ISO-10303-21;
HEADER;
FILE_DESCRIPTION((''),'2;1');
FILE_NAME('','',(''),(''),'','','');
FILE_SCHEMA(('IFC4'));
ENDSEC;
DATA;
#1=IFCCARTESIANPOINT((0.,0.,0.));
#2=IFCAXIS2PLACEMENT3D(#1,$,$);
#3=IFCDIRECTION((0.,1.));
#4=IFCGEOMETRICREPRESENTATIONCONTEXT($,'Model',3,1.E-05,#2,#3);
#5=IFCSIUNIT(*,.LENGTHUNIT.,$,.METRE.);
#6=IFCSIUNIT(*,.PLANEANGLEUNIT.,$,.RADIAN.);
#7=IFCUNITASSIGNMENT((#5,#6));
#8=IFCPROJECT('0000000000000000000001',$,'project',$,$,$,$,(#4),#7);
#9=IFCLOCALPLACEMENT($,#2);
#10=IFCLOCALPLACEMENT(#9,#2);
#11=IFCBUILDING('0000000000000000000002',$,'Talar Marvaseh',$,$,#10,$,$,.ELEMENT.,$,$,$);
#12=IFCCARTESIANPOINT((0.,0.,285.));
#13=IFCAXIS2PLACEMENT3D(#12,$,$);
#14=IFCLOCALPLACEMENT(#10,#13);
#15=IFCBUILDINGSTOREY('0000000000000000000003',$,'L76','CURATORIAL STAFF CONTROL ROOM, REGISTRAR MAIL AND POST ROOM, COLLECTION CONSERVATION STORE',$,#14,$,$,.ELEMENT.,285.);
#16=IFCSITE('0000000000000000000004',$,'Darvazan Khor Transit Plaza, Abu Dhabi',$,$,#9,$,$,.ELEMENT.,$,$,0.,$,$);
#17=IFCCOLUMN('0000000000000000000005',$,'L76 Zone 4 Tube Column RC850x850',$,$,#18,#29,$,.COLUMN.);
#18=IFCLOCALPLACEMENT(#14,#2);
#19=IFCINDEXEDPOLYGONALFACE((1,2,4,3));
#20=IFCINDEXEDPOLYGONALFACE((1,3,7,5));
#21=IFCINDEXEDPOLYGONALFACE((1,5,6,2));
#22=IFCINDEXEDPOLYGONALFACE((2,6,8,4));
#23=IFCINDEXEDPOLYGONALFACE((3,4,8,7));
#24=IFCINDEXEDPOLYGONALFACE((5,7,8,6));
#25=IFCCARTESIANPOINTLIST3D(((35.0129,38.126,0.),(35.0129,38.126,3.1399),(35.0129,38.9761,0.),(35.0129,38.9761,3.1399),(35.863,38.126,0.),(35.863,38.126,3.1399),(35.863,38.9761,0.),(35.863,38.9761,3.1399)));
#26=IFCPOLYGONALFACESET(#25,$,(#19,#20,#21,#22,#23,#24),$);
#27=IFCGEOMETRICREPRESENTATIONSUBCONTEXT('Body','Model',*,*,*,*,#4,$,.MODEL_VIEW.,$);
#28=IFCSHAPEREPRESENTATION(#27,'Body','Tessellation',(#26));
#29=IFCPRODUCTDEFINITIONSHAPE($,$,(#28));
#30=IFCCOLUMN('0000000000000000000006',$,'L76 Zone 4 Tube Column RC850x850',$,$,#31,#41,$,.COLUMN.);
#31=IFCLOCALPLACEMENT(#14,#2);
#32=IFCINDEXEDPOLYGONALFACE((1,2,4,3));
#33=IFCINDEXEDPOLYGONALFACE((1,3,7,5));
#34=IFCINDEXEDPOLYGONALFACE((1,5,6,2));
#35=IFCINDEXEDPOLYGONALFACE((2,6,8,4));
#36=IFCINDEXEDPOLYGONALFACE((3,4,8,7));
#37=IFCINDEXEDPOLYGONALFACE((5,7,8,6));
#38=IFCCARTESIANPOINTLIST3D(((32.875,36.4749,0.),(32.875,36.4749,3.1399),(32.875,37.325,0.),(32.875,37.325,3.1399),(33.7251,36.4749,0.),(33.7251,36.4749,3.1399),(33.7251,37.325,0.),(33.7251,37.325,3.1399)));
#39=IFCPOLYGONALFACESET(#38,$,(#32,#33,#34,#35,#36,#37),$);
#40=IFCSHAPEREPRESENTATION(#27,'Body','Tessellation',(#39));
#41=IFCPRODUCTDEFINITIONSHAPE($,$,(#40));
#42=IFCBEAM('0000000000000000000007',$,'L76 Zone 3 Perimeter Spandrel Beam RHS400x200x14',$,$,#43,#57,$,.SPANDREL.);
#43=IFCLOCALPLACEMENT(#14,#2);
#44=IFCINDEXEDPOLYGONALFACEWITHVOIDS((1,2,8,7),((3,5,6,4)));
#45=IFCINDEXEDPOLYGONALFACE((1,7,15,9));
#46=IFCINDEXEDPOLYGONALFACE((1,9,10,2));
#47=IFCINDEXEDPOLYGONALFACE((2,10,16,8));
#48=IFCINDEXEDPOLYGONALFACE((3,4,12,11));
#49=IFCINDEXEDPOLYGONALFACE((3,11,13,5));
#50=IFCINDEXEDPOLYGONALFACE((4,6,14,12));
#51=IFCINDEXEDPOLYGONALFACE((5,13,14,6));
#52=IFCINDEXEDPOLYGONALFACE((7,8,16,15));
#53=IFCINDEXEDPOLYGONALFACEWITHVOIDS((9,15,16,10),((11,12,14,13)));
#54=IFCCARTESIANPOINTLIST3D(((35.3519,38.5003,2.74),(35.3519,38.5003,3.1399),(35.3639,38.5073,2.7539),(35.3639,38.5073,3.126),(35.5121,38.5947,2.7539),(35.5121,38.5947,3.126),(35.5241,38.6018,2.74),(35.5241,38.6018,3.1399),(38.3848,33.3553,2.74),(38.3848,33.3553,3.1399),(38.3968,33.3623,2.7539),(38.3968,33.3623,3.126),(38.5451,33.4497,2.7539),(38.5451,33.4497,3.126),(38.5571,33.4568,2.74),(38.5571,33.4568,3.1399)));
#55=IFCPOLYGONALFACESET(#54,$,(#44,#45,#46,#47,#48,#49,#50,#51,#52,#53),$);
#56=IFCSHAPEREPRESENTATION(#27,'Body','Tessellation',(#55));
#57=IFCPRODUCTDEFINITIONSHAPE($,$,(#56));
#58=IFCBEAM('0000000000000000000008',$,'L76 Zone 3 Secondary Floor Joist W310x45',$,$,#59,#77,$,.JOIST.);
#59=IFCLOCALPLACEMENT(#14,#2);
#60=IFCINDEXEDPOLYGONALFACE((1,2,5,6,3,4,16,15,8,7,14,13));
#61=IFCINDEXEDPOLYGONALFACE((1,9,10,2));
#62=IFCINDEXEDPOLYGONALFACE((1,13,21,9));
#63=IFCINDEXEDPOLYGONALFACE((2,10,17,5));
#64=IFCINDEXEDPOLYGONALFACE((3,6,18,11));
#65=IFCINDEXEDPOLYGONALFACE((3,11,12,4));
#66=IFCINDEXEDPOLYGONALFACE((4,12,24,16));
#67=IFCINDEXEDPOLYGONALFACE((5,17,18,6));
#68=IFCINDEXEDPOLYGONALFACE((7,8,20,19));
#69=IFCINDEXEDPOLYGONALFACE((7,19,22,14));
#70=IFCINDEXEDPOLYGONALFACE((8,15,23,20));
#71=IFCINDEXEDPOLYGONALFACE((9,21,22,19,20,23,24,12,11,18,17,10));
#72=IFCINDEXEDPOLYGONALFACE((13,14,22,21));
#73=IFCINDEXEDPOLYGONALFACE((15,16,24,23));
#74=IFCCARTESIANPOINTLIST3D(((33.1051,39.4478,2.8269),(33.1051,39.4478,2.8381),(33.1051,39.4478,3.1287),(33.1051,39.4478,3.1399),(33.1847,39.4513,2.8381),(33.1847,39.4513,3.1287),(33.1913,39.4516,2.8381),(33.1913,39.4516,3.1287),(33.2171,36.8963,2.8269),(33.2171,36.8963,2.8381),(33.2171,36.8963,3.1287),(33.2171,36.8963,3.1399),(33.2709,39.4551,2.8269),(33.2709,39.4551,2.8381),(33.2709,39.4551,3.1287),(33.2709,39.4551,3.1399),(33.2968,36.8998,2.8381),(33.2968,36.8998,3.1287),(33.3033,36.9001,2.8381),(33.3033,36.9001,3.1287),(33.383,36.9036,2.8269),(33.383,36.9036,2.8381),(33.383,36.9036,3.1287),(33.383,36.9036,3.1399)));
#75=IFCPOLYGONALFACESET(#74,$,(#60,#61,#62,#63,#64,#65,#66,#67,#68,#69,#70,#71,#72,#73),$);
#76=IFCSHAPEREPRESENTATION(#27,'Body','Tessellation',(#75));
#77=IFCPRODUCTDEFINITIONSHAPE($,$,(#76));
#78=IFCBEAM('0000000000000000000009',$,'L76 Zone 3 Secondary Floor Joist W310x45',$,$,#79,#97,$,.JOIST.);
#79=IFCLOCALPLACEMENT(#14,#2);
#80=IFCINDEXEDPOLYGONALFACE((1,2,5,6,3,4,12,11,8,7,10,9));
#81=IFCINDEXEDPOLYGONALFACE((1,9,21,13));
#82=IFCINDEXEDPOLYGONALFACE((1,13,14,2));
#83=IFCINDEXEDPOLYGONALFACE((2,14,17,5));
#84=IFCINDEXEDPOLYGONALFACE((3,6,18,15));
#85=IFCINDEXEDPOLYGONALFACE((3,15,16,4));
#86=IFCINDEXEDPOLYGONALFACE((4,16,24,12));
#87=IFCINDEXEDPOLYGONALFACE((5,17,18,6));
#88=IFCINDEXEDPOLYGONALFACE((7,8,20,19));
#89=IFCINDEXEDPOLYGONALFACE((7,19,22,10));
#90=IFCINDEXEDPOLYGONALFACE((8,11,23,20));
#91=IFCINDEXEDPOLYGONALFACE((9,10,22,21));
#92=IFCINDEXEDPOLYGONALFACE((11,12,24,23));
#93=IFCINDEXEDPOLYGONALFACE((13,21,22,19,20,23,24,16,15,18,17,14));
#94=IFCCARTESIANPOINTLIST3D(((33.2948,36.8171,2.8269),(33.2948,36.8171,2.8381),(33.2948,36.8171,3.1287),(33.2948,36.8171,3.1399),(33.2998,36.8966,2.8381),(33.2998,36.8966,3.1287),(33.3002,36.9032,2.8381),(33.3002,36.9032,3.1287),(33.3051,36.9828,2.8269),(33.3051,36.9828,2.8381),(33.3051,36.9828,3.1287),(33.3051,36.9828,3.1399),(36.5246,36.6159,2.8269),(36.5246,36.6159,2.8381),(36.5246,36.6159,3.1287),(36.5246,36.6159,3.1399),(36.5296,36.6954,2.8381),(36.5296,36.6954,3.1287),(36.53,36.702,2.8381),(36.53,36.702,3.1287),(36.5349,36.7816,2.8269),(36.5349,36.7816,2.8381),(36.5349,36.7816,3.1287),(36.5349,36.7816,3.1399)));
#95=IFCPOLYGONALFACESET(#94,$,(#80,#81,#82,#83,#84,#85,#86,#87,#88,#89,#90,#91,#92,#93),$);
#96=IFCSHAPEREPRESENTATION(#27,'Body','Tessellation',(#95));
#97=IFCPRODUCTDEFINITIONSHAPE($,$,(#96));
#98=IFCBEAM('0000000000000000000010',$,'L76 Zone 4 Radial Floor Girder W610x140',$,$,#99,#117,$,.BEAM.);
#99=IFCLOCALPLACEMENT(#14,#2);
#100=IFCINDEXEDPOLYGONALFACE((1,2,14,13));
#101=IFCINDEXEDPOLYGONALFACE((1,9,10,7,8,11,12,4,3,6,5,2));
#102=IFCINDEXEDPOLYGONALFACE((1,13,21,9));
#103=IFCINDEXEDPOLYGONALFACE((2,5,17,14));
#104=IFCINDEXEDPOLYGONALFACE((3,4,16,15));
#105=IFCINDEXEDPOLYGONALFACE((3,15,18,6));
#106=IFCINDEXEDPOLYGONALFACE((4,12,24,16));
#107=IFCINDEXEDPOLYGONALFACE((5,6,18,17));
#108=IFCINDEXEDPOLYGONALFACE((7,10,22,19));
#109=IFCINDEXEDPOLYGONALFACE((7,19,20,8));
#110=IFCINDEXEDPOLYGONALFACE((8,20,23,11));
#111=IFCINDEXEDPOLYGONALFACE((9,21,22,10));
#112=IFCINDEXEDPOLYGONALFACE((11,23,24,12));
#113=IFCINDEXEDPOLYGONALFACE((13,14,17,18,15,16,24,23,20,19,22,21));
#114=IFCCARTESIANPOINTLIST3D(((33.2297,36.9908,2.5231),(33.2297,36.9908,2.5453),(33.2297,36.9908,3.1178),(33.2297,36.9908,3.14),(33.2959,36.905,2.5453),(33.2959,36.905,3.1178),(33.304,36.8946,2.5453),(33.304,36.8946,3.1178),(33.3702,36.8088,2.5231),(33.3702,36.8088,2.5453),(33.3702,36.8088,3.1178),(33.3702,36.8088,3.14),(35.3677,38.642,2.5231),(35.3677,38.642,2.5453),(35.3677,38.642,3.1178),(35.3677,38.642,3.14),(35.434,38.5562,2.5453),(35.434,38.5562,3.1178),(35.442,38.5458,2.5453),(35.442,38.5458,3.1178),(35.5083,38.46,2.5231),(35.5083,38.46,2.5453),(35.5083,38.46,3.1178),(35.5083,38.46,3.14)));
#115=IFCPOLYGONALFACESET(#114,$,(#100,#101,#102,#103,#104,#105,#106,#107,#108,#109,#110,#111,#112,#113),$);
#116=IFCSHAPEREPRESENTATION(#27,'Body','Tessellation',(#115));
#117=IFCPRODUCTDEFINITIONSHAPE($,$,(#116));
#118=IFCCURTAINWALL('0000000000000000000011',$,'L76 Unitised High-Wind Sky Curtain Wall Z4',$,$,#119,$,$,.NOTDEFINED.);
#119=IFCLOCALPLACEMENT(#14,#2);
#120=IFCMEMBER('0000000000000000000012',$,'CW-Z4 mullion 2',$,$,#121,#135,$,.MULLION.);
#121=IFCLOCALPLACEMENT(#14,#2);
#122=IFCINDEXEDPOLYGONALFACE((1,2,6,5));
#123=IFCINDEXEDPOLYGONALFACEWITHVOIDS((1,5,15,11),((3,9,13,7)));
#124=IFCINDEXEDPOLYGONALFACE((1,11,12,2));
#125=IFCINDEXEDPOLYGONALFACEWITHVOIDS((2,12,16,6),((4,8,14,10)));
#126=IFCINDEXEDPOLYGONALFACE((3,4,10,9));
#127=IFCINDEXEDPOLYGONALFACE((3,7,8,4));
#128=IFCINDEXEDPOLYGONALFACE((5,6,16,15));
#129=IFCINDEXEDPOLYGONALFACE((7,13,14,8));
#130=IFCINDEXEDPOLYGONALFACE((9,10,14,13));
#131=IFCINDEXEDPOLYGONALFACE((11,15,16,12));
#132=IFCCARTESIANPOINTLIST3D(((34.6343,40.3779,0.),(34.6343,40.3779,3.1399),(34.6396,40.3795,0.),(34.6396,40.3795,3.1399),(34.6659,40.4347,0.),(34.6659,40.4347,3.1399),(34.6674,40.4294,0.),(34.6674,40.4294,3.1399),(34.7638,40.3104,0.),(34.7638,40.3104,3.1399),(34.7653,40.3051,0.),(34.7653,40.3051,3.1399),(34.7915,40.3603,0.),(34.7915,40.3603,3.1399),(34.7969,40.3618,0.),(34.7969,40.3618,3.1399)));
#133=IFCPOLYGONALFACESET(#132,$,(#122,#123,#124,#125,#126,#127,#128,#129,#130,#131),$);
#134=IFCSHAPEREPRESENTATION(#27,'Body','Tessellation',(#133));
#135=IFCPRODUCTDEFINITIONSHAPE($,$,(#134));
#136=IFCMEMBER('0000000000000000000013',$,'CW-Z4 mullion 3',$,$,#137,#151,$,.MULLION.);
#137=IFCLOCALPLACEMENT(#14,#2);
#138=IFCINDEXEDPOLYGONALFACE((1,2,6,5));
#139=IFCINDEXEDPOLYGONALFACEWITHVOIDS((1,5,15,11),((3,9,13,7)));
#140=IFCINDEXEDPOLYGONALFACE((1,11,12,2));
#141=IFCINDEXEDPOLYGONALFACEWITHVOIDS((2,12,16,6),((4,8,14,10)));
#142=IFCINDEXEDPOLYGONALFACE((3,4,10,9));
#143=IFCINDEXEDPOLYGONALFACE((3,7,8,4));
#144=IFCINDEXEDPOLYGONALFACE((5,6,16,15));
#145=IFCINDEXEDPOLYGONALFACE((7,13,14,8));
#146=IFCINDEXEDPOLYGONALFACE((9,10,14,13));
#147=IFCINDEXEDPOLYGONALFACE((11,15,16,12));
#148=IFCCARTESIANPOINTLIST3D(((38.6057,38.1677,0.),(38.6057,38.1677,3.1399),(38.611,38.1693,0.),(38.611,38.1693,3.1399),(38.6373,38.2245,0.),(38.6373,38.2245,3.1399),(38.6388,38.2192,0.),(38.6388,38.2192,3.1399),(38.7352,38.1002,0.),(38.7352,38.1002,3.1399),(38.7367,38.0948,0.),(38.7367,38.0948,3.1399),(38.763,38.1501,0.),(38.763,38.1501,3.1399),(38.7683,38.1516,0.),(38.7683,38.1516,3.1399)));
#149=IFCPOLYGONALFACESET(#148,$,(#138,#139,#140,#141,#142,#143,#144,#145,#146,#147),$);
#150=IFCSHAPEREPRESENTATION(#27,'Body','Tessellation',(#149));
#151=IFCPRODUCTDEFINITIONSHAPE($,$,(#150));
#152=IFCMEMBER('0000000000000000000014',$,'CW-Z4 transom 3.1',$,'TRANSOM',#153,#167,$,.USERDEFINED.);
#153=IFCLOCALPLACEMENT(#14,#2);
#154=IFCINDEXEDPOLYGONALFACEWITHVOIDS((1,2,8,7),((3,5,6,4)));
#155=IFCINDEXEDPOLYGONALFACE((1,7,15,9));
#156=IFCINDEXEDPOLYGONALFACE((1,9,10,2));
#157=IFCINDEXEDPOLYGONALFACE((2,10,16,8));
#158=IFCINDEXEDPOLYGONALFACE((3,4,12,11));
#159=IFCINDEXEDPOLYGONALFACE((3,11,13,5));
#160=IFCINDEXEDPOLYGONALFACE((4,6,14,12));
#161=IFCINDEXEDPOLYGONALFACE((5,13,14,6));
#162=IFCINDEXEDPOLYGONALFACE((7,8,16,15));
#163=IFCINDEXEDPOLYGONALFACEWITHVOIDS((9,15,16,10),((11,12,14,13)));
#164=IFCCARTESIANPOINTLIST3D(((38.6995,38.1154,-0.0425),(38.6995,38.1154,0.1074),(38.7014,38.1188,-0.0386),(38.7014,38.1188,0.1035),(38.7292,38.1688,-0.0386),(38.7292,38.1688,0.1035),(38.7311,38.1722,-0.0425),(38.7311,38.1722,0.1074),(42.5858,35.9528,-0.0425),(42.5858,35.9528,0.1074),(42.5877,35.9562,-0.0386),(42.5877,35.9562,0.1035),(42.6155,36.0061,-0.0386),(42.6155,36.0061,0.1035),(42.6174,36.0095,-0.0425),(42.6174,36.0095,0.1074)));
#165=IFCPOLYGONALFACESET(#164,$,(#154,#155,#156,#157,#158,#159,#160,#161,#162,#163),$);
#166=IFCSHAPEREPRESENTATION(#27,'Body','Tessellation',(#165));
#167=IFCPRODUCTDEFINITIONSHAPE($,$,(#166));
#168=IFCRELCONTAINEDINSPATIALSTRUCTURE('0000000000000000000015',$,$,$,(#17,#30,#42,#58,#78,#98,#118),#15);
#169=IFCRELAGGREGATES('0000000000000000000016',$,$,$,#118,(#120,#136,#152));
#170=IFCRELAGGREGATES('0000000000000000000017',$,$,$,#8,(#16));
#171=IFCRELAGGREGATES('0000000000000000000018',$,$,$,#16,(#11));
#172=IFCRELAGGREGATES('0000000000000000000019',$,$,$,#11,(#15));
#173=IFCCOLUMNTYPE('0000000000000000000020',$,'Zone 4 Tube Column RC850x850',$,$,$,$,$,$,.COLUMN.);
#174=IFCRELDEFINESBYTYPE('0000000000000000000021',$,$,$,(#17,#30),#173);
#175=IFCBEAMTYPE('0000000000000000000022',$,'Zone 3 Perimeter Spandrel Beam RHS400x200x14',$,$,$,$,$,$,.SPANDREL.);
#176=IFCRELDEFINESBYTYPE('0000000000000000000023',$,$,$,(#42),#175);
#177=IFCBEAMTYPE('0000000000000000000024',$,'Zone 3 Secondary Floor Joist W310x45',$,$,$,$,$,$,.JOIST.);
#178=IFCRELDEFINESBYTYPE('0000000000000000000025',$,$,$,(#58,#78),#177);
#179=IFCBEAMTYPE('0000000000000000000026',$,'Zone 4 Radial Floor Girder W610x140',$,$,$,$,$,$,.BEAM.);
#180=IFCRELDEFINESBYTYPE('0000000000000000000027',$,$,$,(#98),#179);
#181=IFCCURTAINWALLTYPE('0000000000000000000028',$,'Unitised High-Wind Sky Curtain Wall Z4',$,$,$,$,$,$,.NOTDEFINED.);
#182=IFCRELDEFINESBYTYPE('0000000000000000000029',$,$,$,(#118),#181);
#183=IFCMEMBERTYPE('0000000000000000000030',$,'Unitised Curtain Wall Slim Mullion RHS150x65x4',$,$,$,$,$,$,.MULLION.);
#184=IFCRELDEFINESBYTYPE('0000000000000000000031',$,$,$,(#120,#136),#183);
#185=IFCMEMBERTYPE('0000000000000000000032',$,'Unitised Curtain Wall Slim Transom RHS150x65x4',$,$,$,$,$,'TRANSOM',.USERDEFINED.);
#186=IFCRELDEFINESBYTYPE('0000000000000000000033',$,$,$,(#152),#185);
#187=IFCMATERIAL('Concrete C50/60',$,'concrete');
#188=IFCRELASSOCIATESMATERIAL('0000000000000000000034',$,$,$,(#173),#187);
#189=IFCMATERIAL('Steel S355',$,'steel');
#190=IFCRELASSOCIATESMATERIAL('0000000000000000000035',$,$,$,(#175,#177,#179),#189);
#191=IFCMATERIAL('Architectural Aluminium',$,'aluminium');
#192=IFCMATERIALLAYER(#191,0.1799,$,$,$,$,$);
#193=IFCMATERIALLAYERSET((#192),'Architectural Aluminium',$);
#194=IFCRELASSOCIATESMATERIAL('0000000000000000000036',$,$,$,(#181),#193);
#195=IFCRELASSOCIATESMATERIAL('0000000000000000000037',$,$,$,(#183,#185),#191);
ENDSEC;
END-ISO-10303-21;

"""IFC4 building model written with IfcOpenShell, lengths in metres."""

from ifc_helpers import new_model, si_unit, direction, frame, origin, origin_2d, place, context, subcontext, project, spatial, rectangle, hollow_rectangle, i_section, extrude, source, transform, mapped, material, layer, layer_set, material_profile, profile_set, type_object, type_shapes, element, aggregate, save


model = new_model("IFC4")

# Units and contexts
model_context = context("Model", 3, precision=1e-05, world=origin(), true_north=direction((0.0, 1.0)))
body_context = subcontext(model_context, "Body", "Model", "MODEL_VIEW")
ifc_project = project(units=[si_unit("LENGTHUNIT", "METRE"), si_unit("PLANEANGLEUNIT", "RADIAN")], contexts=[model_context])

# Site, building, storey
site_placement = place(None, origin())
site = spatial("IfcSite", under=ifc_project, at=site_placement, Name="Darvazan Khor Transit Plaza, Abu Dhabi", CompositionType="ELEMENT", RefElevation=0.0)
building_placement = place(site_placement, origin())
building = spatial("IfcBuilding", under=site, at=building_placement, Name="Talar Marvaseh", CompositionType="ELEMENT")
storey_placement = place(building_placement, frame((0.0, 0.0, 285.0)))
storey = spatial("IfcBuildingStorey", under=building, at=storey_placement, Name="L76", Description="CURATORIAL STAFF CONTROL ROOM, REGISTRAR MAIL AND POST ROOM, COLLECTION CONSERVATION STORE", CompositionType="ELEMENT", Elevation=285.0)

# Columns
ifc_material_1 = material(Name="Concrete C50/60", Category="concrete")
ifc_material_profile_1 = material_profile(ifc_material_1, rectangle(XDim=0.8501, YDim=0.8501, at=origin_2d()), Name="RC850x850")
ifc_profile_set_1 = profile_set([ifc_material_profile_1], Name="Concrete C50/60")
column_type = type_object("IfcColumnType", Name="Zone 4 Tube Column RC850x850", PredefinedType="COLUMN", material=ifc_profile_set_1)
for number, where, z_axis, x_axis, name in (
    (1, (35.438, 38.551, 0.0), (0.0, 0.0, 1.0), (1.0, 0.0, 0.0), "L76 Zone 4 Tube Column RC850x850"),
    (2, (33.3, 36.8999, 0.0), (0.0, 0.0, 1.0), (1.0, 0.0, 0.0), "L76 Zone 4 Tube Column RC850x850"),
):
    element("IfcColumn", number, at=place(storey_placement, frame(where, z_axis=z_axis, x_axis=x_axis)), inside=storey, type_object=column_type, Name=name, PredefinedType="COLUMN", context=body_context, shape_type="SweptSolid", body=[
        extrude(rectangle(XDim=0.8501, YDim=0.8501, at=origin_2d()), origin(), (0.0, 0.0, 1.0), 3.1399),
    ])

# Beams
ifc_material_2 = material(Name="Steel S355", Category="steel")
ifc_material_profile_2 = material_profile(ifc_material_2, hollow_rectangle(XDim=0.2, YDim=0.3999, WallThickness=0.0139, at=origin_2d()), Name="RHS400x200x14")
ifc_profile_set_2 = profile_set([ifc_material_profile_2], Name="Steel S355")
beam_type_1 = type_object("IfcBeamType", Name="Zone 3 Perimeter Spandrel Beam RHS400x200x14", PredefinedType="SPANDREL", material=ifc_profile_set_2)
beam_1_placement = place(storey_placement, frame((35.438, 38.551, 2.9399), z_axis=(0.507826, -0.86146, 0.0), x_axis=(0.86146, 0.507826, 0.0)))
element("IfcBeam", 3, at=beam_1_placement, inside=storey, type_object=beam_type_1, Name="L76 Zone 3 Perimeter Spandrel Beam RHS400x200x14", PredefinedType="SPANDREL", context=body_context, shape_type="SweptSolid", body=[
    extrude(hollow_rectangle(XDim=0.2, YDim=0.3999, WallThickness=0.0139, at=origin_2d()), origin(), (0.0, 0.0, 1.0), 5.9724),
])
ifc_material_profile_3 = material_profile(ifc_material_2, i_section(OverallWidth=0.166, OverallDepth=0.313, WebThickness=0.0066, FlangeThickness=0.0112, at=origin_2d()), Name="W310x45")
ifc_profile_set_3 = profile_set([ifc_material_profile_3], Name="Steel S355")
beam_type_2 = type_object("IfcBeamType", Name="Zone 3 Secondary Floor Joist W310x45", PredefinedType="JOIST", material=ifc_profile_set_3)
beam_2_placement = place(storey_placement, frame((33.188, 39.4514, 2.9834), z_axis=(0.043877, -0.999037, 0.0), x_axis=(0.999037, 0.043877, 0.0)))
element("IfcBeam", 4, at=beam_2_placement, inside=storey, type_object=beam_type_2, Name="L76 Zone 3 Secondary Floor Joist W310x45", PredefinedType="JOIST", context=body_context, shape_type="SweptSolid", body=[
    extrude(i_section(OverallWidth=0.166, OverallDepth=0.313, WebThickness=0.0066, FlangeThickness=0.0112, at=origin_2d()), origin(), (0.0, 0.0, 1.0), 2.554),
])
beam_3_placement = place(storey_placement, frame((36.5298, 36.6987, 2.9834), z_axis=(-0.998066, 0.062167, 0.0), x_axis=(-0.062167, -0.998066, 0.0)))
element("IfcBeam", 5, at=beam_3_placement, inside=storey, type_object=beam_type_2, Name="L76 Zone 3 Secondary Floor Joist W310x45", PredefinedType="JOIST", context=body_context, shape_type="SweptSolid", body=[
    extrude(i_section(OverallWidth=0.166, OverallDepth=0.313, WebThickness=0.0066, FlangeThickness=0.0112, at=origin_2d()), origin(), (0.0, 0.0, 1.0), 3.2361),
])
ifc_material_profile_4 = material_profile(ifc_material_2, i_section(OverallWidth=0.23, OverallDepth=0.6169, WebThickness=0.0132, FlangeThickness=0.0222, at=origin_2d()), Name="W610x140")
ifc_profile_set_4 = profile_set([ifc_material_profile_4], Name="Steel S355")
beam_type_3 = type_object("IfcBeamType", Name="Zone 4 Radial Floor Girder W610x140", PredefinedType="BEAM", material=ifc_profile_set_4)
beam_4_placement = place(storey_placement, frame((35.438, 38.551, 2.8315), z_axis=(-0.79145, -0.611234, 0.0), x_axis=(0.611234, -0.79145, 0.0)))
element("IfcBeam", 6, at=beam_4_placement, inside=storey, type_object=beam_type_3, Name="L76 Zone 4 Radial Floor Girder W610x140", PredefinedType="BEAM", context=body_context, shape_type="SweptSolid", body=[
    extrude(i_section(OverallWidth=0.23, OverallDepth=0.6169, WebThickness=0.0132, FlangeThickness=0.0222, at=origin_2d()), origin(), (0.0, 0.0, 1.0), 2.7014),
])

# Curtain wall, members
ifc_material_3 = material(Name="Architectural Aluminium", Category="aluminium")
ifc_layer_1 = layer(ifc_material_3, 0.1799)
ifc_layer_set_1 = layer_set([ifc_layer_1], Name="Architectural Aluminium")
curtain_wall_type = type_object("IfcCurtainWallType", Name="Unitised High-Wind Sky Curtain Wall Z4", PredefinedType="NOTDEFINED", material=ifc_layer_set_1)
curtain_wall_placement = place(storey_placement, origin())
curtain_wall = element("IfcCurtainWall", 7, at=curtain_wall_placement, inside=storey, type_object=curtain_wall_type, Name="L76 Unitised High-Wind Sky Curtain Wall Z4", PredefinedType="NOTDEFINED")
ifc_material_profile_5 = material_profile(ifc_material_3, hollow_rectangle(XDim=0.0649, YDim=0.1499, WallThickness=0.0039, at=origin_2d()), Name="RHS150x65x4")
ifc_profile_set_5 = profile_set([ifc_material_profile_5], Name="Architectural Aluminium")
member_type_1 = type_object("IfcMemberType", Name="Unitised Curtain Wall Slim Mullion RHS150x65x4", PredefinedType="MULLION", material=ifc_profile_set_5)
shared_shape_1 = source(origin(), body_context, "Body", "SweptSolid", [
    extrude(hollow_rectangle(XDim=0.0649, YDim=0.1499, WallThickness=0.0039, at=origin_2d()), origin(), (0.0, 0.0, 1.0), 3.1399),
])
type_shapes(member_type_1, [shared_shape_1])
member_1_placement = place(storey_placement, frame((34.7156, 40.3699, 0.0), z_axis=(0.0, 0.0, 1.0), x_axis=(0.486279, 0.873803, 0.0)))
member_1 = element("IfcMember", 8, at=member_1_placement, type_object=member_type_1, Name="CW-Z4 mullion 2", PredefinedType="MULLION", context=body_context, shape_type="MappedRepresentation", body=[
    mapped(shared_shape_1, transform((0.0, 0.0, 0.0), x_axis=(1.0, 0.0, 0.0), y_axis=(0.0, 1.0, 0.0), z_axis=(0.0, 0.0, 1.0), scale=1.0)),
])
member_2_placement = place(storey_placement, frame((38.687, 38.1597, 0.0), z_axis=(0.0, 0.0, 1.0), x_axis=(0.486279, 0.873803, 0.0)))
member_2 = element("IfcMember", 9, at=member_2_placement, type_object=member_type_1, Name="CW-Z4 mullion 3", PredefinedType="MULLION", context=body_context, shape_type="MappedRepresentation", body=[
    mapped(shared_shape_1, transform((0.0, 0.0, 0.0), x_axis=(1.0, 0.0, 0.0), y_axis=(0.0, 1.0, 0.0), z_axis=(0.0, 0.0, 1.0), scale=1.0)),
])
ifc_material_profile_6 = material_profile(ifc_material_3, hollow_rectangle(XDim=0.0649, YDim=0.1499, WallThickness=0.0039, at=origin_2d()), Name="RHS150x65x4")
ifc_profile_set_6 = profile_set([ifc_material_profile_6], Name="Architectural Aluminium")
member_type_2 = type_object("IfcMemberType", Name="Unitised Curtain Wall Slim Transom RHS150x65x4", ElementType="TRANSOM", PredefinedType="USERDEFINED", material=ifc_profile_set_6)
shared_shape_2 = source(origin(), body_context, "Body", "SweptSolid", [
    extrude(hollow_rectangle(XDim=0.0649, YDim=0.1499, WallThickness=0.0039, at=origin_2d()), origin(), (0.0, 0.0, 1.0), 4.4475),
])
member_3_placement = place(storey_placement, frame((38.7153, 38.1438, 0.0325), z_axis=(0.873815, -0.486258, 0.0), x_axis=(0.486258, 0.873815, 0.0)))
member_3 = element("IfcMember", 10, at=member_3_placement, type_object=member_type_2, Name="CW-Z4 transom 3.1", ObjectType="TRANSOM", PredefinedType="USERDEFINED", context=body_context, shape_type="MappedRepresentation", body=[
    mapped(shared_shape_2, transform((0.0, 0.0, 0.0), x_axis=(1.0, 0.0, 0.0), y_axis=(0.0, 1.0, 0.0), z_axis=(0.0, 0.0, 1.0), scale=1.0)),
])
aggregate(curtain_wall, [member_1, member_2, member_3])

save(model, "model.ifc")
